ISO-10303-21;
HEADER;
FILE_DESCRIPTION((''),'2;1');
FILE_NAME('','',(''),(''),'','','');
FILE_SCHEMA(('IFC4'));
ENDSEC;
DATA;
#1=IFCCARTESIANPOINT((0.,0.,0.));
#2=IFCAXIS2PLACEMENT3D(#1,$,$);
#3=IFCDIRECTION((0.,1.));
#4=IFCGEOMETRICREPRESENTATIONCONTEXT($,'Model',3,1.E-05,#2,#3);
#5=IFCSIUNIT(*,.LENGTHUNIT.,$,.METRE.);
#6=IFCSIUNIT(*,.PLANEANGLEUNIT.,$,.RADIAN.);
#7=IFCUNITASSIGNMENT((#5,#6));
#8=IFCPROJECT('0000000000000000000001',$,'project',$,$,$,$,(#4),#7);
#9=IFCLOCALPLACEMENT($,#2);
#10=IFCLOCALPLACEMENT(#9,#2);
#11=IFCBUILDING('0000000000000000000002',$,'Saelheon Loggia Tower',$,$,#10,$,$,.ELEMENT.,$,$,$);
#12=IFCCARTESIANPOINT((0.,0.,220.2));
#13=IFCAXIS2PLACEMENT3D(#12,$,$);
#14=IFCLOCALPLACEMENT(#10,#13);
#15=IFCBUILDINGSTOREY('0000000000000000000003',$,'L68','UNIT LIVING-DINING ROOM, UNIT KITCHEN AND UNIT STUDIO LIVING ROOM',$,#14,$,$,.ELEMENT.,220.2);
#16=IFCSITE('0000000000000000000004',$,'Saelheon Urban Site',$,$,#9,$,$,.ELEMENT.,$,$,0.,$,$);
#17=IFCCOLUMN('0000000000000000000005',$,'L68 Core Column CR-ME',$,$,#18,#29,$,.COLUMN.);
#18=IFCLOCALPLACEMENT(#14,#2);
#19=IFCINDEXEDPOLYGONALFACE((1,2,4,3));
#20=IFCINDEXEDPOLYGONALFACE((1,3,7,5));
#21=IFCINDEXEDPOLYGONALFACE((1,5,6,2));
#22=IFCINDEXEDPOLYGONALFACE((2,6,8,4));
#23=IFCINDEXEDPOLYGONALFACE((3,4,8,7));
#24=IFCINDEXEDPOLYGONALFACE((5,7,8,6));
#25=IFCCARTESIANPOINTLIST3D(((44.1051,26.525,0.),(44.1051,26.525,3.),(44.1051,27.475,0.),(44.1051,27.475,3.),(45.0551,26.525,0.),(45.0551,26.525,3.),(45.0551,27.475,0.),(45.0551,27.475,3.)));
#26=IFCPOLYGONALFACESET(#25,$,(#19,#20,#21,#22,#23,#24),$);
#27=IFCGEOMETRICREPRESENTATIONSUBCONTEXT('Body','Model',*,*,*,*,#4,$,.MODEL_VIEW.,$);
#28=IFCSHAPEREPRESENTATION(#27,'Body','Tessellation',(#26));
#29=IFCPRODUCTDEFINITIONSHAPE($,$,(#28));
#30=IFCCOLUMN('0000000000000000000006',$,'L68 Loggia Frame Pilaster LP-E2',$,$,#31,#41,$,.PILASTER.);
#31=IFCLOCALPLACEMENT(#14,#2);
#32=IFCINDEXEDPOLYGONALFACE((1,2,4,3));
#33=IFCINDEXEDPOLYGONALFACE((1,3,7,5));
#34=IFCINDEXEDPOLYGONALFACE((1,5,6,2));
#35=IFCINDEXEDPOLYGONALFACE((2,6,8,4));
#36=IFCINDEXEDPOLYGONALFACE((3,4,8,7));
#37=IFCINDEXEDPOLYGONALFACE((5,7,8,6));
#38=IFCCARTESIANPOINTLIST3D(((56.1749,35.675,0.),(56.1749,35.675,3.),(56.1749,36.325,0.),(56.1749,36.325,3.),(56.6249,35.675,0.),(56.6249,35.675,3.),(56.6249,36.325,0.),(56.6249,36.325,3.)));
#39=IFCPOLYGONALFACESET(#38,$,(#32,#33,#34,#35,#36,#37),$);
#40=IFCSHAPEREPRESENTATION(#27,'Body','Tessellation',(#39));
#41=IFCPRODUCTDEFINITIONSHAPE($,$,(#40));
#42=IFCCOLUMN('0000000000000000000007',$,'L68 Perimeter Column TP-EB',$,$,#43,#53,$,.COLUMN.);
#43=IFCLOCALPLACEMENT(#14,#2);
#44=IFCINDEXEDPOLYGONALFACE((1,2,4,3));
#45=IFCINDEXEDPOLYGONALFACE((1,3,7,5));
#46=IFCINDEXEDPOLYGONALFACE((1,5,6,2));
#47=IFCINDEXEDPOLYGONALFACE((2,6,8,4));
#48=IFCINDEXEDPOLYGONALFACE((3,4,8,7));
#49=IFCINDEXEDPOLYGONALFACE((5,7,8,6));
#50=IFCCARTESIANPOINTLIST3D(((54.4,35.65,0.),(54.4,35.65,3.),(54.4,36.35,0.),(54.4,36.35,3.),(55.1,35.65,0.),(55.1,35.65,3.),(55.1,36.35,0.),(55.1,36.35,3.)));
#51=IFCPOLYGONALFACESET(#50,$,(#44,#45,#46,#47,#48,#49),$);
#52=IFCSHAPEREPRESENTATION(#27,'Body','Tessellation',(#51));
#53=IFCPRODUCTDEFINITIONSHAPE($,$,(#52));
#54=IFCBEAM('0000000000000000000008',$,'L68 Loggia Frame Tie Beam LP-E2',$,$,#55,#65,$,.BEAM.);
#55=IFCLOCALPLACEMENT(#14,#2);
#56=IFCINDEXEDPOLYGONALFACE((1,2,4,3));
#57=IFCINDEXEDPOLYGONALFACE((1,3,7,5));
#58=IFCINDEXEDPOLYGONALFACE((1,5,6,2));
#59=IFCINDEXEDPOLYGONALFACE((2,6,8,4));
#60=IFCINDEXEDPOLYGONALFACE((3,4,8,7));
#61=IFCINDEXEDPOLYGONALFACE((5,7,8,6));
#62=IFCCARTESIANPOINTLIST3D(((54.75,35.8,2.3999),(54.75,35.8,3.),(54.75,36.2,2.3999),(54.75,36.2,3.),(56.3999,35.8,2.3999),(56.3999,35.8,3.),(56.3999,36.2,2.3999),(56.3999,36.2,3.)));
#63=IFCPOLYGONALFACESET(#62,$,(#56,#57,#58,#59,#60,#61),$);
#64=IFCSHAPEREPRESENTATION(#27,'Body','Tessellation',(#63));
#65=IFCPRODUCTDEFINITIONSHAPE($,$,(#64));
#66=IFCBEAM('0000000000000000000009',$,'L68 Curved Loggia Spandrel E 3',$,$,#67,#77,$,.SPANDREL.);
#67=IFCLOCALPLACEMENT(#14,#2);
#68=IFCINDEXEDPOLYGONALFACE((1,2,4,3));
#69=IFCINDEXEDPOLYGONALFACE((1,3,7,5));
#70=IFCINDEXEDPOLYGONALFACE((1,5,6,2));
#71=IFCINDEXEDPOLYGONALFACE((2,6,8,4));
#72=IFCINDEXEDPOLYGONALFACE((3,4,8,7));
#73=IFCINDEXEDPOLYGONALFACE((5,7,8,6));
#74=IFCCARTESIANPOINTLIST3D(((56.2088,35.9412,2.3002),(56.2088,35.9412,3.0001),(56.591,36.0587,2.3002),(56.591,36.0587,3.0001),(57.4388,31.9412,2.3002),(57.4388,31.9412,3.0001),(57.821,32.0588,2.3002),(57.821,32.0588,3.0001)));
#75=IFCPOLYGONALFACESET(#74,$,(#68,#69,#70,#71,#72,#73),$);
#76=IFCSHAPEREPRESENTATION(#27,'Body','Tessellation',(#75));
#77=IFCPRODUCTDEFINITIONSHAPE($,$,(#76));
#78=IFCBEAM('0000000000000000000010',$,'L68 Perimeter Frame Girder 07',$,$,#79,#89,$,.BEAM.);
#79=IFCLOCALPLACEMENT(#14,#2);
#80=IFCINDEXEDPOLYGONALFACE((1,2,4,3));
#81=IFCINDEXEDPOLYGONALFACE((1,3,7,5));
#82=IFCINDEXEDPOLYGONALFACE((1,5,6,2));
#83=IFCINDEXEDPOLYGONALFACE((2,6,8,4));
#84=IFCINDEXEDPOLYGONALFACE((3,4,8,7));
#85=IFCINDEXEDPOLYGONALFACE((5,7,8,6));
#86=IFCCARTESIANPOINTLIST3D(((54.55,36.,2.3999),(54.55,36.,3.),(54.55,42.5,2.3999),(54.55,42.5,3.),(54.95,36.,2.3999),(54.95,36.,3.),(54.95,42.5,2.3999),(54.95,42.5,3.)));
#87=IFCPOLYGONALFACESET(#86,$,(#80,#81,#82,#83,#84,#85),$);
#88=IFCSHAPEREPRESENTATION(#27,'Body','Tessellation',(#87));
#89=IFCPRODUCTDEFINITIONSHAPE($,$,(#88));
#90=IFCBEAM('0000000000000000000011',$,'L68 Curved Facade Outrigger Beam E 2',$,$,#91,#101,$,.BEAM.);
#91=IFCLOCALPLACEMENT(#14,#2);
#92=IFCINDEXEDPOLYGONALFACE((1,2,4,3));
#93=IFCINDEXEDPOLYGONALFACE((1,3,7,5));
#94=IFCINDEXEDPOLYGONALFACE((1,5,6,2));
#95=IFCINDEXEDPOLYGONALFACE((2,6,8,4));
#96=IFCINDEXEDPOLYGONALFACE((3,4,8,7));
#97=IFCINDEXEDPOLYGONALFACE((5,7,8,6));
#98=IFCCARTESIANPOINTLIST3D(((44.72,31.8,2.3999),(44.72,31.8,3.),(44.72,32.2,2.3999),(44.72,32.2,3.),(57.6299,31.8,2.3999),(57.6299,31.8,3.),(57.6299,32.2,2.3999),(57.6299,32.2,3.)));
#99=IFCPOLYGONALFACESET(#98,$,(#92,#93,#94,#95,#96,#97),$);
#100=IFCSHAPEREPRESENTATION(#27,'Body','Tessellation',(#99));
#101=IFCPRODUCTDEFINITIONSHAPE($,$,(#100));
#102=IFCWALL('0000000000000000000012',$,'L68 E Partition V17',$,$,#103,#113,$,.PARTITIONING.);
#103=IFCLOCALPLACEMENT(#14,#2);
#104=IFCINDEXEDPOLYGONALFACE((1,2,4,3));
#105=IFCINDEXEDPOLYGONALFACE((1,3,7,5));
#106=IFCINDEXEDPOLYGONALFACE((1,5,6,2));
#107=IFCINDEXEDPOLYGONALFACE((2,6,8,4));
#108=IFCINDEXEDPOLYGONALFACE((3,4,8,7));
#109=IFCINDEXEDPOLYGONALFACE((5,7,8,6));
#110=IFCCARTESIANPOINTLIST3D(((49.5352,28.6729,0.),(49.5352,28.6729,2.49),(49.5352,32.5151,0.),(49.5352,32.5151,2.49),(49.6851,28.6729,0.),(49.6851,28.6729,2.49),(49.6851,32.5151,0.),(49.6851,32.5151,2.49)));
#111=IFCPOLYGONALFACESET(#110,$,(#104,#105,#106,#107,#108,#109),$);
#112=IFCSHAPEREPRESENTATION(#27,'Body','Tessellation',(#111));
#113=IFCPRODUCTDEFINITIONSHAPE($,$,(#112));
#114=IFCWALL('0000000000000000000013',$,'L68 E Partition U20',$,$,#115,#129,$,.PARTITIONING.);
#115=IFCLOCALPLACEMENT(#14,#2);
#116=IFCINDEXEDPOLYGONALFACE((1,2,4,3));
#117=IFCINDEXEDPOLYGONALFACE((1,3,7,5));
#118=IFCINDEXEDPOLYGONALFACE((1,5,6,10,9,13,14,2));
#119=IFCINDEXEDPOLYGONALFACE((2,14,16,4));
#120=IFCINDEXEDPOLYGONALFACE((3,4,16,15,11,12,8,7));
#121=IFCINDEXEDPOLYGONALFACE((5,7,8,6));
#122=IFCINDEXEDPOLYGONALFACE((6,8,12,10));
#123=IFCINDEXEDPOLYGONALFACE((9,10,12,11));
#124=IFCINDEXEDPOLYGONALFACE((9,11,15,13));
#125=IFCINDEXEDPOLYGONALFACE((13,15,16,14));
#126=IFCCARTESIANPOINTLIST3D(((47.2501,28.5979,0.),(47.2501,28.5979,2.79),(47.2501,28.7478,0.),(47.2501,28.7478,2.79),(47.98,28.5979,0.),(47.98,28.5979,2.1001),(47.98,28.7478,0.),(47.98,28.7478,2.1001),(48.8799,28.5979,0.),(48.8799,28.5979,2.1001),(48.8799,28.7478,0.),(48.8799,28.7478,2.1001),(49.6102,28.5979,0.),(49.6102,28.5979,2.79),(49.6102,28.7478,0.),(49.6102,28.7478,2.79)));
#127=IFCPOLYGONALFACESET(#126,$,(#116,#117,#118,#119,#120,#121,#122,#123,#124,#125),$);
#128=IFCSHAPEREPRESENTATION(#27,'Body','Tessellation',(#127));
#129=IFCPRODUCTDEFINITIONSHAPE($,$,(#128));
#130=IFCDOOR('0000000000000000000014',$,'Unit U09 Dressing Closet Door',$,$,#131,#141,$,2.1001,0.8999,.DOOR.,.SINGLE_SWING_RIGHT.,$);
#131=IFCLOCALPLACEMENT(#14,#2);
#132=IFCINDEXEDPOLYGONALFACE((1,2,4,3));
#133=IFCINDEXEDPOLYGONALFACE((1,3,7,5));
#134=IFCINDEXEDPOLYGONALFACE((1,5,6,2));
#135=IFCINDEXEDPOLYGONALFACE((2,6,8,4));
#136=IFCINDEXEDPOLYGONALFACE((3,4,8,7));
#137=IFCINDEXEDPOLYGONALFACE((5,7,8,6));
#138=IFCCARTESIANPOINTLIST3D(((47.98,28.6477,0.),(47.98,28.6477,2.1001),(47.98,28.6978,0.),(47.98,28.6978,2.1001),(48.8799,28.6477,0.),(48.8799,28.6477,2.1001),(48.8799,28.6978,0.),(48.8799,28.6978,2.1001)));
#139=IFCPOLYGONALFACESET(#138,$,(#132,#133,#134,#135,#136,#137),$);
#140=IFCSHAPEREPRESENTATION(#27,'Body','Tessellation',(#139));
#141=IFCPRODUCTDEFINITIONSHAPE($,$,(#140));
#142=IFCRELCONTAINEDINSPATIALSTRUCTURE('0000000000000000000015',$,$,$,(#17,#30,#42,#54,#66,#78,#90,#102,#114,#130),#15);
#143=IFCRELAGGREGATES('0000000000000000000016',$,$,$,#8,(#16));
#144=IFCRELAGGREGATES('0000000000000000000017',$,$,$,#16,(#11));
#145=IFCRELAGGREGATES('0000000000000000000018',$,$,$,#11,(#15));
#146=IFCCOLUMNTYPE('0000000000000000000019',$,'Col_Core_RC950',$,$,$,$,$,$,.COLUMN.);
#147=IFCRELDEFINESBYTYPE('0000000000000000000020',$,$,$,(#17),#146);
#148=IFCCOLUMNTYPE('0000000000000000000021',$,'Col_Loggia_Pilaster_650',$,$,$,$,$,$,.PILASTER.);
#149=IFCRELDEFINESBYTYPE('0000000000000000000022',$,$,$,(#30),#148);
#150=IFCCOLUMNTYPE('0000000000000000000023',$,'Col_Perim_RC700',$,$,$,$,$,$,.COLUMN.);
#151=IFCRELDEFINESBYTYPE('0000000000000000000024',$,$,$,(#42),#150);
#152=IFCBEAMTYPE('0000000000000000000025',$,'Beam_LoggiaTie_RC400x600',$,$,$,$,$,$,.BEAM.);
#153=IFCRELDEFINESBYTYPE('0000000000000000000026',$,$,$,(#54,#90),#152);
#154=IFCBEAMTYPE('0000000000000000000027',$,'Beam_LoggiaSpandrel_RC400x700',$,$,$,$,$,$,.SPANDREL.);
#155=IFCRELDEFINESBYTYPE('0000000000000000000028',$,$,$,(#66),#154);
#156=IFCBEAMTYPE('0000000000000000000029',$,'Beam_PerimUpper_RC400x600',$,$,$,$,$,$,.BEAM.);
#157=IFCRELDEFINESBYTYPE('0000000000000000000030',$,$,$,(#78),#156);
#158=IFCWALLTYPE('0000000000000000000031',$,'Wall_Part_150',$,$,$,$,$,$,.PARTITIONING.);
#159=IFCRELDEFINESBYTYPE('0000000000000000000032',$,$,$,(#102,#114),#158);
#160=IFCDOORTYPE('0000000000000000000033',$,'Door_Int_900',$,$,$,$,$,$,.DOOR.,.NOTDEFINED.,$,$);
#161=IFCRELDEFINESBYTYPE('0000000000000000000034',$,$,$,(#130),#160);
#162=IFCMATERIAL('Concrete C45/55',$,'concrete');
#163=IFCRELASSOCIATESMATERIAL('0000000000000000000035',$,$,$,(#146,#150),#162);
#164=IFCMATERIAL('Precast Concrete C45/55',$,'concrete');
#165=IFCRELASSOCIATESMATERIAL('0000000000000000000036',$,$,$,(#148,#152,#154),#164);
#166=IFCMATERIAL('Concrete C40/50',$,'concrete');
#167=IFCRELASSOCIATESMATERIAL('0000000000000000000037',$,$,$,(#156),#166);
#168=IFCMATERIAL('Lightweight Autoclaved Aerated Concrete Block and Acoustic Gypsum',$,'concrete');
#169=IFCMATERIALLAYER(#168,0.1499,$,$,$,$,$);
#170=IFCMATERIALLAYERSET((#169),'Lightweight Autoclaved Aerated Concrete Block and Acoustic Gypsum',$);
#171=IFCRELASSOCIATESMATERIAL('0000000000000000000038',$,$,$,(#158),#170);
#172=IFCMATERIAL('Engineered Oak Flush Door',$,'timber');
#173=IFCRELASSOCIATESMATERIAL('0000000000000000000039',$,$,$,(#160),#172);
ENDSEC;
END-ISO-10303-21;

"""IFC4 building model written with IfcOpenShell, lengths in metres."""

from ifc_helpers import new_model, si_unit, direction, frame, frame_2d, origin, origin_2d, place, context, subcontext, project, spatial, rectangle, extrude, source, transform, mapped, material, layer, layer_set, material_profile, profile_set, type_object, element, fill, save


model = new_model("IFC4")

# Units and contexts
model_context = context("Model", 3, precision=1e-05, world=origin(), true_north=direction((0.0, 1.0)))
body_context = subcontext(model_context, "Body", "Model", "MODEL_VIEW")
ifc_project = project(units=[si_unit("LENGTHUNIT", "METRE"), si_unit("PLANEANGLEUNIT", "RADIAN")], contexts=[model_context])

# Site, building, storey
site_placement = place(None, origin())
site = spatial("IfcSite", under=ifc_project, at=site_placement, Name="Saelheon Urban Site", CompositionType="ELEMENT", RefElevation=0.0)
building_placement = place(site_placement, origin())
building = spatial("IfcBuilding", under=site, at=building_placement, Name="Saelheon Loggia Tower", CompositionType="ELEMENT")
storey_placement = place(building_placement, frame((0.0, 0.0, 220.2)))
storey = spatial("IfcBuildingStorey", under=building, at=storey_placement, Name="L68", Description="UNIT LIVING-DINING ROOM, UNIT KITCHEN AND UNIT STUDIO LIVING ROOM", CompositionType="ELEMENT", Elevation=220.2)

# Columns
ifc_material_1 = material(Name="Concrete C45/55", Category="concrete")
ifc_material_profile_1 = material_profile(ifc_material_1, rectangle(XDim=0.95, YDim=0.95, at=origin_2d()), Name="RC-950x950")
ifc_profile_set_1 = profile_set([ifc_material_profile_1], Name="Concrete C45/55")
column_type_1 = type_object("IfcColumnType", Name="Col_Core_RC950", PredefinedType="COLUMN", material=ifc_profile_set_1)
shared_shape_1 = source(origin(), body_context, "Body", "SweptSolid", [
    extrude(rectangle(XDim=0.95, YDim=0.95, at=origin_2d()), origin(), (0.0, 0.0, 1.0), 3.0),
])
column_1_placement = place(storey_placement, frame((44.5801, 27.0, 0.0), z_axis=(0.0, 0.0, 1.0), x_axis=(1.0, 0.0, 0.0)))
element("IfcColumn", 1, at=column_1_placement, inside=storey, type_object=column_type_1, Name="L68 Core Column CR-ME", PredefinedType="COLUMN", context=body_context, shape_type="MappedRepresentation", body=[
    mapped(shared_shape_1, transform((0.0, 0.0, 0.0), scale=1.0)),
])
ifc_material_2 = material(Name="Precast Concrete C45/55", Category="concrete")
ifc_material_profile_2 = material_profile(ifc_material_2, rectangle(XDim=0.45, YDim=0.6499, at=origin_2d()), Name="RC-450x650")
ifc_profile_set_2 = profile_set([ifc_material_profile_2], Name="Precast Concrete C45/55")
column_type_2 = type_object("IfcColumnType", Name="Col_Loggia_Pilaster_650", PredefinedType="PILASTER", material=ifc_profile_set_2)
shared_shape_2 = source(origin(), body_context, "Body", "SweptSolid", [
    extrude(rectangle(XDim=0.45, YDim=0.6499, at=origin_2d()), origin(), (0.0, 0.0, 1.0), 3.0),
])
column_2_placement = place(storey_placement, frame((56.3999, 36.0, 0.0), z_axis=(0.0, 0.0, 1.0), x_axis=(1.0, 0.0, 0.0)))
element("IfcColumn", 2, at=column_2_placement, inside=storey, type_object=column_type_2, Name="L68 Loggia Frame Pilaster LP-E2", PredefinedType="PILASTER", context=body_context, shape_type="MappedRepresentation", body=[
    mapped(shared_shape_2, transform((0.0, 0.0, 0.0), scale=1.0)),
])
ifc_material_profile_3 = material_profile(ifc_material_1, rectangle(XDim=0.7, YDim=0.7, at=origin_2d()), Name="RC-700x700")
ifc_profile_set_3 = profile_set([ifc_material_profile_3], Name="Concrete C45/55")
column_type_3 = type_object("IfcColumnType", Name="Col_Perim_RC700", PredefinedType="COLUMN", material=ifc_profile_set_3)
shared_shape_3 = source(origin(), body_context, "Body", "SweptSolid", [
    extrude(rectangle(XDim=0.7, YDim=0.7, at=origin_2d()), origin(), (0.0, 0.0, 1.0), 3.0),
])
column_3_placement = place(storey_placement, frame((54.75, 36.0, 0.0), z_axis=(0.0, 0.0, 1.0), x_axis=(1.0, 0.0, 0.0)))
element("IfcColumn", 3, at=column_3_placement, inside=storey, type_object=column_type_3, Name="L68 Perimeter Column TP-EB", PredefinedType="COLUMN", context=body_context, shape_type="MappedRepresentation", body=[
    mapped(shared_shape_3, transform((0.0, 0.0, 0.0), scale=1.0)),
])

# Beams
ifc_material_profile_4 = material_profile(ifc_material_2, rectangle(XDim=0.3999, YDim=0.6001, at=origin_2d()), Name="RC-400x600")
ifc_profile_set_4 = profile_set([ifc_material_profile_4], Name="Precast Concrete C45/55")
beam_type_1 = type_object("IfcBeamType", Name="Beam_LoggiaTie_RC400x600", PredefinedType="BEAM", material=ifc_profile_set_4)
shared_shape_4 = source(origin(), body_context, "Body", "SweptSolid", [
    extrude(rectangle(XDim=0.3999, YDim=0.6001, at=origin_2d()), origin(), (0.0, 0.0, 1.0), 1.6499),
])
beam_1_placement = place(storey_placement, frame((54.75, 36.0, 2.7), z_axis=(1.0, 0.0, 0.0), x_axis=(0.0, 1.0, 0.0)))
element("IfcBeam", 4, at=beam_1_placement, inside=storey, type_object=beam_type_1, Name="L68 Loggia Frame Tie Beam LP-E2", PredefinedType="BEAM", context=body_context, shape_type="MappedRepresentation", body=[
    mapped(shared_shape_4, transform((0.0, 0.0, 0.0), scale=1.0)),
])
ifc_material_profile_5 = material_profile(ifc_material_2, rectangle(XDim=0.3999, YDim=0.7, at=origin_2d()), Name="RC-400x700")
ifc_profile_set_5 = profile_set([ifc_material_profile_5], Name="Precast Concrete C45/55")
beam_type_2 = type_object("IfcBeamType", Name="Beam_LoggiaSpandrel_RC400x700", PredefinedType="SPANDREL", material=ifc_profile_set_5)
shared_shape_5 = source(origin(), body_context, "Body", "SweptSolid", [
    extrude(rectangle(XDim=0.3999, YDim=0.7, at=origin_2d()), origin(), (0.0, 0.0, 1.0), 4.1848),
])
beam_2_placement = place(storey_placement, frame((57.6299, 32.0, 2.6501), z_axis=(-0.293914, 0.955832, 0.0), x_axis=(-0.955832, -0.293914, 0.0)))
element("IfcBeam", 5, at=beam_2_placement, inside=storey, type_object=beam_type_2, Name="L68 Curved Loggia Spandrel E 3", PredefinedType="SPANDREL", context=body_context, shape_type="MappedRepresentation", body=[
    mapped(shared_shape_5, transform((0.0, 0.0, 0.0), scale=1.0)),
])
ifc_material_3 = material(Name="Concrete C40/50", Category="concrete")
ifc_material_profile_6 = material_profile(ifc_material_3, rectangle(XDim=0.3999, YDim=0.6001, at=origin_2d()), Name="RC-400x600")
ifc_profile_set_6 = profile_set([ifc_material_profile_6], Name="Concrete C40/50")
beam_type_3 = type_object("IfcBeamType", Name="Beam_PerimUpper_RC400x600", PredefinedType="BEAM", material=ifc_profile_set_6)
shared_shape_6 = source(origin(), body_context, "Body", "SweptSolid", [
    extrude(rectangle(XDim=0.3999, YDim=0.6001, at=origin_2d()), origin(), (0.0, 0.0, 1.0), 6.5),
])
beam_3_placement = place(storey_placement, frame((54.75, 36.0, 2.7), z_axis=(0.0, 1.0, 0.0), x_axis=(-1.0, 0.0, 0.0)))
element("IfcBeam", 6, at=beam_3_placement, inside=storey, type_object=beam_type_3, Name="L68 Perimeter Frame Girder 07", PredefinedType="BEAM", context=body_context, shape_type="MappedRepresentation", body=[
    mapped(shared_shape_6, transform((0.0, 0.0, 0.0), scale=1.0)),
])
shared_shape_7 = source(origin(), body_context, "Body", "SweptSolid", [
    extrude(rectangle(XDim=0.3999, YDim=0.6001, at=origin_2d()), origin(), (0.0, 0.0, 1.0), 12.9099),
])
beam_4_placement = place(storey_placement, frame((44.72, 32.0, 2.7), z_axis=(1.0, 0.0, 0.0), x_axis=(0.0, 1.0, 0.0)))
element("IfcBeam", 7, at=beam_4_placement, inside=storey, type_object=beam_type_1, Name="L68 Curved Facade Outrigger Beam E 2", PredefinedType="BEAM", context=body_context, shape_type="MappedRepresentation", body=[
    mapped(shared_shape_7, transform((0.0, 0.0, 0.0), scale=1.0)),
])

# Wall
ifc_material_4 = material(Name="Lightweight Autoclaved Aerated Concrete Block and Acoustic Gypsum", Category="concrete")
ifc_layer_1 = layer(ifc_material_4, 0.1499)
ifc_layer_set_1 = layer_set([ifc_layer_1], Name="Lightweight Autoclaved Aerated Concrete Block and Acoustic Gypsum")
wall_type_1 = type_object("IfcWallType", Name="Wall_Part_150", PredefinedType="PARTITIONING", material=ifc_layer_set_1)
wall_1_placement = place(storey_placement, frame((49.6101, 28.6729, 0.0), z_axis=(0.0, 0.0, 1.0), x_axis=(0.0, 1.0, 0.0)))
element("IfcWall", 8, at=wall_1_placement, inside=storey, type_object=wall_type_1, Name="L68 E Partition V17", PredefinedType="PARTITIONING", context=body_context, shape_type="SweptSolid", body=[
    extrude(rectangle(XDim=3.8423, YDim=0.1499, at=frame_2d((1.9211, 0.0))), origin(), (0.0, 0.0, 1.0), 2.49),
])

# Wall, opening, door
wall_2_placement = place(storey_placement, frame((47.25, 28.6729, 0.0), z_axis=(0.0, 0.0, 1.0), x_axis=(1.0, 0.0, 0.0)))
wall_2 = element("IfcWall", 9, at=wall_2_placement, inside=storey, type_object=wall_type_1, Name="L68 E Partition U20", PredefinedType="PARTITIONING", context=body_context, shape_type="SweptSolid", body=[
    extrude(rectangle(XDim=2.3601, YDim=0.1499, at=frame_2d((1.1802, 0.0))), origin(), (0.0, 0.0, 1.0), 2.79),
])
opening_1_placement = place(wall_2_placement, frame((0.73, 0.0, 0.0)))
opening_1 = element("IfcOpeningElement", 10, at=opening_1_placement, cuts=wall_2, PredefinedType="OPENING", context=body_context, shape_type="SweptSolid", body=[
    extrude(rectangle(XDim=0.8999, YDim=2.1001, at=frame_2d((0.45, 1.05))), frame((0.0, 0.0869, 0.0), z_axis=(0.0, -1.0, 0.0), x_axis=(1.0, 0.0, 0.0)), (0.0, 0.0, 1.0), 0.1738),
])
ifc_material_5 = material(Name="Engineered Oak Flush Door", Category="timber")
door_type_1 = type_object("IfcDoorType", Name="Door_Int_900", OperationType="NOTDEFINED", PredefinedType="DOOR", material=ifc_material_5)
shared_shape_8 = source(origin(), body_context, "Body", "SweptSolid", [
    extrude(rectangle(XDim=0.8999, YDim=2.1001, at=frame_2d((0.45, 1.05))), frame((0.0, 0.0249, 0.0), z_axis=(0.0, -1.0, 0.0), x_axis=(1.0, 0.0, 0.0)), (0.0, 0.0, 1.0), 0.05),
])
door_1_placement = place(opening_1_placement, origin())
door_1 = element("IfcDoor", 11, at=door_1_placement, inside=storey, type_object=door_type_1, Name="Unit U09 Dressing Closet Door", OperationType="SINGLE_SWING_RIGHT", OverallHeight=2.1001, OverallWidth=0.8999, PredefinedType="DOOR", context=body_context, shape_type="MappedRepresentation", body=[
    mapped(shared_shape_8, transform((0.0, 0.0, 0.0), scale=1.0)),
])
fill(opening_1, door_1)

save(model, "model.ifc")
